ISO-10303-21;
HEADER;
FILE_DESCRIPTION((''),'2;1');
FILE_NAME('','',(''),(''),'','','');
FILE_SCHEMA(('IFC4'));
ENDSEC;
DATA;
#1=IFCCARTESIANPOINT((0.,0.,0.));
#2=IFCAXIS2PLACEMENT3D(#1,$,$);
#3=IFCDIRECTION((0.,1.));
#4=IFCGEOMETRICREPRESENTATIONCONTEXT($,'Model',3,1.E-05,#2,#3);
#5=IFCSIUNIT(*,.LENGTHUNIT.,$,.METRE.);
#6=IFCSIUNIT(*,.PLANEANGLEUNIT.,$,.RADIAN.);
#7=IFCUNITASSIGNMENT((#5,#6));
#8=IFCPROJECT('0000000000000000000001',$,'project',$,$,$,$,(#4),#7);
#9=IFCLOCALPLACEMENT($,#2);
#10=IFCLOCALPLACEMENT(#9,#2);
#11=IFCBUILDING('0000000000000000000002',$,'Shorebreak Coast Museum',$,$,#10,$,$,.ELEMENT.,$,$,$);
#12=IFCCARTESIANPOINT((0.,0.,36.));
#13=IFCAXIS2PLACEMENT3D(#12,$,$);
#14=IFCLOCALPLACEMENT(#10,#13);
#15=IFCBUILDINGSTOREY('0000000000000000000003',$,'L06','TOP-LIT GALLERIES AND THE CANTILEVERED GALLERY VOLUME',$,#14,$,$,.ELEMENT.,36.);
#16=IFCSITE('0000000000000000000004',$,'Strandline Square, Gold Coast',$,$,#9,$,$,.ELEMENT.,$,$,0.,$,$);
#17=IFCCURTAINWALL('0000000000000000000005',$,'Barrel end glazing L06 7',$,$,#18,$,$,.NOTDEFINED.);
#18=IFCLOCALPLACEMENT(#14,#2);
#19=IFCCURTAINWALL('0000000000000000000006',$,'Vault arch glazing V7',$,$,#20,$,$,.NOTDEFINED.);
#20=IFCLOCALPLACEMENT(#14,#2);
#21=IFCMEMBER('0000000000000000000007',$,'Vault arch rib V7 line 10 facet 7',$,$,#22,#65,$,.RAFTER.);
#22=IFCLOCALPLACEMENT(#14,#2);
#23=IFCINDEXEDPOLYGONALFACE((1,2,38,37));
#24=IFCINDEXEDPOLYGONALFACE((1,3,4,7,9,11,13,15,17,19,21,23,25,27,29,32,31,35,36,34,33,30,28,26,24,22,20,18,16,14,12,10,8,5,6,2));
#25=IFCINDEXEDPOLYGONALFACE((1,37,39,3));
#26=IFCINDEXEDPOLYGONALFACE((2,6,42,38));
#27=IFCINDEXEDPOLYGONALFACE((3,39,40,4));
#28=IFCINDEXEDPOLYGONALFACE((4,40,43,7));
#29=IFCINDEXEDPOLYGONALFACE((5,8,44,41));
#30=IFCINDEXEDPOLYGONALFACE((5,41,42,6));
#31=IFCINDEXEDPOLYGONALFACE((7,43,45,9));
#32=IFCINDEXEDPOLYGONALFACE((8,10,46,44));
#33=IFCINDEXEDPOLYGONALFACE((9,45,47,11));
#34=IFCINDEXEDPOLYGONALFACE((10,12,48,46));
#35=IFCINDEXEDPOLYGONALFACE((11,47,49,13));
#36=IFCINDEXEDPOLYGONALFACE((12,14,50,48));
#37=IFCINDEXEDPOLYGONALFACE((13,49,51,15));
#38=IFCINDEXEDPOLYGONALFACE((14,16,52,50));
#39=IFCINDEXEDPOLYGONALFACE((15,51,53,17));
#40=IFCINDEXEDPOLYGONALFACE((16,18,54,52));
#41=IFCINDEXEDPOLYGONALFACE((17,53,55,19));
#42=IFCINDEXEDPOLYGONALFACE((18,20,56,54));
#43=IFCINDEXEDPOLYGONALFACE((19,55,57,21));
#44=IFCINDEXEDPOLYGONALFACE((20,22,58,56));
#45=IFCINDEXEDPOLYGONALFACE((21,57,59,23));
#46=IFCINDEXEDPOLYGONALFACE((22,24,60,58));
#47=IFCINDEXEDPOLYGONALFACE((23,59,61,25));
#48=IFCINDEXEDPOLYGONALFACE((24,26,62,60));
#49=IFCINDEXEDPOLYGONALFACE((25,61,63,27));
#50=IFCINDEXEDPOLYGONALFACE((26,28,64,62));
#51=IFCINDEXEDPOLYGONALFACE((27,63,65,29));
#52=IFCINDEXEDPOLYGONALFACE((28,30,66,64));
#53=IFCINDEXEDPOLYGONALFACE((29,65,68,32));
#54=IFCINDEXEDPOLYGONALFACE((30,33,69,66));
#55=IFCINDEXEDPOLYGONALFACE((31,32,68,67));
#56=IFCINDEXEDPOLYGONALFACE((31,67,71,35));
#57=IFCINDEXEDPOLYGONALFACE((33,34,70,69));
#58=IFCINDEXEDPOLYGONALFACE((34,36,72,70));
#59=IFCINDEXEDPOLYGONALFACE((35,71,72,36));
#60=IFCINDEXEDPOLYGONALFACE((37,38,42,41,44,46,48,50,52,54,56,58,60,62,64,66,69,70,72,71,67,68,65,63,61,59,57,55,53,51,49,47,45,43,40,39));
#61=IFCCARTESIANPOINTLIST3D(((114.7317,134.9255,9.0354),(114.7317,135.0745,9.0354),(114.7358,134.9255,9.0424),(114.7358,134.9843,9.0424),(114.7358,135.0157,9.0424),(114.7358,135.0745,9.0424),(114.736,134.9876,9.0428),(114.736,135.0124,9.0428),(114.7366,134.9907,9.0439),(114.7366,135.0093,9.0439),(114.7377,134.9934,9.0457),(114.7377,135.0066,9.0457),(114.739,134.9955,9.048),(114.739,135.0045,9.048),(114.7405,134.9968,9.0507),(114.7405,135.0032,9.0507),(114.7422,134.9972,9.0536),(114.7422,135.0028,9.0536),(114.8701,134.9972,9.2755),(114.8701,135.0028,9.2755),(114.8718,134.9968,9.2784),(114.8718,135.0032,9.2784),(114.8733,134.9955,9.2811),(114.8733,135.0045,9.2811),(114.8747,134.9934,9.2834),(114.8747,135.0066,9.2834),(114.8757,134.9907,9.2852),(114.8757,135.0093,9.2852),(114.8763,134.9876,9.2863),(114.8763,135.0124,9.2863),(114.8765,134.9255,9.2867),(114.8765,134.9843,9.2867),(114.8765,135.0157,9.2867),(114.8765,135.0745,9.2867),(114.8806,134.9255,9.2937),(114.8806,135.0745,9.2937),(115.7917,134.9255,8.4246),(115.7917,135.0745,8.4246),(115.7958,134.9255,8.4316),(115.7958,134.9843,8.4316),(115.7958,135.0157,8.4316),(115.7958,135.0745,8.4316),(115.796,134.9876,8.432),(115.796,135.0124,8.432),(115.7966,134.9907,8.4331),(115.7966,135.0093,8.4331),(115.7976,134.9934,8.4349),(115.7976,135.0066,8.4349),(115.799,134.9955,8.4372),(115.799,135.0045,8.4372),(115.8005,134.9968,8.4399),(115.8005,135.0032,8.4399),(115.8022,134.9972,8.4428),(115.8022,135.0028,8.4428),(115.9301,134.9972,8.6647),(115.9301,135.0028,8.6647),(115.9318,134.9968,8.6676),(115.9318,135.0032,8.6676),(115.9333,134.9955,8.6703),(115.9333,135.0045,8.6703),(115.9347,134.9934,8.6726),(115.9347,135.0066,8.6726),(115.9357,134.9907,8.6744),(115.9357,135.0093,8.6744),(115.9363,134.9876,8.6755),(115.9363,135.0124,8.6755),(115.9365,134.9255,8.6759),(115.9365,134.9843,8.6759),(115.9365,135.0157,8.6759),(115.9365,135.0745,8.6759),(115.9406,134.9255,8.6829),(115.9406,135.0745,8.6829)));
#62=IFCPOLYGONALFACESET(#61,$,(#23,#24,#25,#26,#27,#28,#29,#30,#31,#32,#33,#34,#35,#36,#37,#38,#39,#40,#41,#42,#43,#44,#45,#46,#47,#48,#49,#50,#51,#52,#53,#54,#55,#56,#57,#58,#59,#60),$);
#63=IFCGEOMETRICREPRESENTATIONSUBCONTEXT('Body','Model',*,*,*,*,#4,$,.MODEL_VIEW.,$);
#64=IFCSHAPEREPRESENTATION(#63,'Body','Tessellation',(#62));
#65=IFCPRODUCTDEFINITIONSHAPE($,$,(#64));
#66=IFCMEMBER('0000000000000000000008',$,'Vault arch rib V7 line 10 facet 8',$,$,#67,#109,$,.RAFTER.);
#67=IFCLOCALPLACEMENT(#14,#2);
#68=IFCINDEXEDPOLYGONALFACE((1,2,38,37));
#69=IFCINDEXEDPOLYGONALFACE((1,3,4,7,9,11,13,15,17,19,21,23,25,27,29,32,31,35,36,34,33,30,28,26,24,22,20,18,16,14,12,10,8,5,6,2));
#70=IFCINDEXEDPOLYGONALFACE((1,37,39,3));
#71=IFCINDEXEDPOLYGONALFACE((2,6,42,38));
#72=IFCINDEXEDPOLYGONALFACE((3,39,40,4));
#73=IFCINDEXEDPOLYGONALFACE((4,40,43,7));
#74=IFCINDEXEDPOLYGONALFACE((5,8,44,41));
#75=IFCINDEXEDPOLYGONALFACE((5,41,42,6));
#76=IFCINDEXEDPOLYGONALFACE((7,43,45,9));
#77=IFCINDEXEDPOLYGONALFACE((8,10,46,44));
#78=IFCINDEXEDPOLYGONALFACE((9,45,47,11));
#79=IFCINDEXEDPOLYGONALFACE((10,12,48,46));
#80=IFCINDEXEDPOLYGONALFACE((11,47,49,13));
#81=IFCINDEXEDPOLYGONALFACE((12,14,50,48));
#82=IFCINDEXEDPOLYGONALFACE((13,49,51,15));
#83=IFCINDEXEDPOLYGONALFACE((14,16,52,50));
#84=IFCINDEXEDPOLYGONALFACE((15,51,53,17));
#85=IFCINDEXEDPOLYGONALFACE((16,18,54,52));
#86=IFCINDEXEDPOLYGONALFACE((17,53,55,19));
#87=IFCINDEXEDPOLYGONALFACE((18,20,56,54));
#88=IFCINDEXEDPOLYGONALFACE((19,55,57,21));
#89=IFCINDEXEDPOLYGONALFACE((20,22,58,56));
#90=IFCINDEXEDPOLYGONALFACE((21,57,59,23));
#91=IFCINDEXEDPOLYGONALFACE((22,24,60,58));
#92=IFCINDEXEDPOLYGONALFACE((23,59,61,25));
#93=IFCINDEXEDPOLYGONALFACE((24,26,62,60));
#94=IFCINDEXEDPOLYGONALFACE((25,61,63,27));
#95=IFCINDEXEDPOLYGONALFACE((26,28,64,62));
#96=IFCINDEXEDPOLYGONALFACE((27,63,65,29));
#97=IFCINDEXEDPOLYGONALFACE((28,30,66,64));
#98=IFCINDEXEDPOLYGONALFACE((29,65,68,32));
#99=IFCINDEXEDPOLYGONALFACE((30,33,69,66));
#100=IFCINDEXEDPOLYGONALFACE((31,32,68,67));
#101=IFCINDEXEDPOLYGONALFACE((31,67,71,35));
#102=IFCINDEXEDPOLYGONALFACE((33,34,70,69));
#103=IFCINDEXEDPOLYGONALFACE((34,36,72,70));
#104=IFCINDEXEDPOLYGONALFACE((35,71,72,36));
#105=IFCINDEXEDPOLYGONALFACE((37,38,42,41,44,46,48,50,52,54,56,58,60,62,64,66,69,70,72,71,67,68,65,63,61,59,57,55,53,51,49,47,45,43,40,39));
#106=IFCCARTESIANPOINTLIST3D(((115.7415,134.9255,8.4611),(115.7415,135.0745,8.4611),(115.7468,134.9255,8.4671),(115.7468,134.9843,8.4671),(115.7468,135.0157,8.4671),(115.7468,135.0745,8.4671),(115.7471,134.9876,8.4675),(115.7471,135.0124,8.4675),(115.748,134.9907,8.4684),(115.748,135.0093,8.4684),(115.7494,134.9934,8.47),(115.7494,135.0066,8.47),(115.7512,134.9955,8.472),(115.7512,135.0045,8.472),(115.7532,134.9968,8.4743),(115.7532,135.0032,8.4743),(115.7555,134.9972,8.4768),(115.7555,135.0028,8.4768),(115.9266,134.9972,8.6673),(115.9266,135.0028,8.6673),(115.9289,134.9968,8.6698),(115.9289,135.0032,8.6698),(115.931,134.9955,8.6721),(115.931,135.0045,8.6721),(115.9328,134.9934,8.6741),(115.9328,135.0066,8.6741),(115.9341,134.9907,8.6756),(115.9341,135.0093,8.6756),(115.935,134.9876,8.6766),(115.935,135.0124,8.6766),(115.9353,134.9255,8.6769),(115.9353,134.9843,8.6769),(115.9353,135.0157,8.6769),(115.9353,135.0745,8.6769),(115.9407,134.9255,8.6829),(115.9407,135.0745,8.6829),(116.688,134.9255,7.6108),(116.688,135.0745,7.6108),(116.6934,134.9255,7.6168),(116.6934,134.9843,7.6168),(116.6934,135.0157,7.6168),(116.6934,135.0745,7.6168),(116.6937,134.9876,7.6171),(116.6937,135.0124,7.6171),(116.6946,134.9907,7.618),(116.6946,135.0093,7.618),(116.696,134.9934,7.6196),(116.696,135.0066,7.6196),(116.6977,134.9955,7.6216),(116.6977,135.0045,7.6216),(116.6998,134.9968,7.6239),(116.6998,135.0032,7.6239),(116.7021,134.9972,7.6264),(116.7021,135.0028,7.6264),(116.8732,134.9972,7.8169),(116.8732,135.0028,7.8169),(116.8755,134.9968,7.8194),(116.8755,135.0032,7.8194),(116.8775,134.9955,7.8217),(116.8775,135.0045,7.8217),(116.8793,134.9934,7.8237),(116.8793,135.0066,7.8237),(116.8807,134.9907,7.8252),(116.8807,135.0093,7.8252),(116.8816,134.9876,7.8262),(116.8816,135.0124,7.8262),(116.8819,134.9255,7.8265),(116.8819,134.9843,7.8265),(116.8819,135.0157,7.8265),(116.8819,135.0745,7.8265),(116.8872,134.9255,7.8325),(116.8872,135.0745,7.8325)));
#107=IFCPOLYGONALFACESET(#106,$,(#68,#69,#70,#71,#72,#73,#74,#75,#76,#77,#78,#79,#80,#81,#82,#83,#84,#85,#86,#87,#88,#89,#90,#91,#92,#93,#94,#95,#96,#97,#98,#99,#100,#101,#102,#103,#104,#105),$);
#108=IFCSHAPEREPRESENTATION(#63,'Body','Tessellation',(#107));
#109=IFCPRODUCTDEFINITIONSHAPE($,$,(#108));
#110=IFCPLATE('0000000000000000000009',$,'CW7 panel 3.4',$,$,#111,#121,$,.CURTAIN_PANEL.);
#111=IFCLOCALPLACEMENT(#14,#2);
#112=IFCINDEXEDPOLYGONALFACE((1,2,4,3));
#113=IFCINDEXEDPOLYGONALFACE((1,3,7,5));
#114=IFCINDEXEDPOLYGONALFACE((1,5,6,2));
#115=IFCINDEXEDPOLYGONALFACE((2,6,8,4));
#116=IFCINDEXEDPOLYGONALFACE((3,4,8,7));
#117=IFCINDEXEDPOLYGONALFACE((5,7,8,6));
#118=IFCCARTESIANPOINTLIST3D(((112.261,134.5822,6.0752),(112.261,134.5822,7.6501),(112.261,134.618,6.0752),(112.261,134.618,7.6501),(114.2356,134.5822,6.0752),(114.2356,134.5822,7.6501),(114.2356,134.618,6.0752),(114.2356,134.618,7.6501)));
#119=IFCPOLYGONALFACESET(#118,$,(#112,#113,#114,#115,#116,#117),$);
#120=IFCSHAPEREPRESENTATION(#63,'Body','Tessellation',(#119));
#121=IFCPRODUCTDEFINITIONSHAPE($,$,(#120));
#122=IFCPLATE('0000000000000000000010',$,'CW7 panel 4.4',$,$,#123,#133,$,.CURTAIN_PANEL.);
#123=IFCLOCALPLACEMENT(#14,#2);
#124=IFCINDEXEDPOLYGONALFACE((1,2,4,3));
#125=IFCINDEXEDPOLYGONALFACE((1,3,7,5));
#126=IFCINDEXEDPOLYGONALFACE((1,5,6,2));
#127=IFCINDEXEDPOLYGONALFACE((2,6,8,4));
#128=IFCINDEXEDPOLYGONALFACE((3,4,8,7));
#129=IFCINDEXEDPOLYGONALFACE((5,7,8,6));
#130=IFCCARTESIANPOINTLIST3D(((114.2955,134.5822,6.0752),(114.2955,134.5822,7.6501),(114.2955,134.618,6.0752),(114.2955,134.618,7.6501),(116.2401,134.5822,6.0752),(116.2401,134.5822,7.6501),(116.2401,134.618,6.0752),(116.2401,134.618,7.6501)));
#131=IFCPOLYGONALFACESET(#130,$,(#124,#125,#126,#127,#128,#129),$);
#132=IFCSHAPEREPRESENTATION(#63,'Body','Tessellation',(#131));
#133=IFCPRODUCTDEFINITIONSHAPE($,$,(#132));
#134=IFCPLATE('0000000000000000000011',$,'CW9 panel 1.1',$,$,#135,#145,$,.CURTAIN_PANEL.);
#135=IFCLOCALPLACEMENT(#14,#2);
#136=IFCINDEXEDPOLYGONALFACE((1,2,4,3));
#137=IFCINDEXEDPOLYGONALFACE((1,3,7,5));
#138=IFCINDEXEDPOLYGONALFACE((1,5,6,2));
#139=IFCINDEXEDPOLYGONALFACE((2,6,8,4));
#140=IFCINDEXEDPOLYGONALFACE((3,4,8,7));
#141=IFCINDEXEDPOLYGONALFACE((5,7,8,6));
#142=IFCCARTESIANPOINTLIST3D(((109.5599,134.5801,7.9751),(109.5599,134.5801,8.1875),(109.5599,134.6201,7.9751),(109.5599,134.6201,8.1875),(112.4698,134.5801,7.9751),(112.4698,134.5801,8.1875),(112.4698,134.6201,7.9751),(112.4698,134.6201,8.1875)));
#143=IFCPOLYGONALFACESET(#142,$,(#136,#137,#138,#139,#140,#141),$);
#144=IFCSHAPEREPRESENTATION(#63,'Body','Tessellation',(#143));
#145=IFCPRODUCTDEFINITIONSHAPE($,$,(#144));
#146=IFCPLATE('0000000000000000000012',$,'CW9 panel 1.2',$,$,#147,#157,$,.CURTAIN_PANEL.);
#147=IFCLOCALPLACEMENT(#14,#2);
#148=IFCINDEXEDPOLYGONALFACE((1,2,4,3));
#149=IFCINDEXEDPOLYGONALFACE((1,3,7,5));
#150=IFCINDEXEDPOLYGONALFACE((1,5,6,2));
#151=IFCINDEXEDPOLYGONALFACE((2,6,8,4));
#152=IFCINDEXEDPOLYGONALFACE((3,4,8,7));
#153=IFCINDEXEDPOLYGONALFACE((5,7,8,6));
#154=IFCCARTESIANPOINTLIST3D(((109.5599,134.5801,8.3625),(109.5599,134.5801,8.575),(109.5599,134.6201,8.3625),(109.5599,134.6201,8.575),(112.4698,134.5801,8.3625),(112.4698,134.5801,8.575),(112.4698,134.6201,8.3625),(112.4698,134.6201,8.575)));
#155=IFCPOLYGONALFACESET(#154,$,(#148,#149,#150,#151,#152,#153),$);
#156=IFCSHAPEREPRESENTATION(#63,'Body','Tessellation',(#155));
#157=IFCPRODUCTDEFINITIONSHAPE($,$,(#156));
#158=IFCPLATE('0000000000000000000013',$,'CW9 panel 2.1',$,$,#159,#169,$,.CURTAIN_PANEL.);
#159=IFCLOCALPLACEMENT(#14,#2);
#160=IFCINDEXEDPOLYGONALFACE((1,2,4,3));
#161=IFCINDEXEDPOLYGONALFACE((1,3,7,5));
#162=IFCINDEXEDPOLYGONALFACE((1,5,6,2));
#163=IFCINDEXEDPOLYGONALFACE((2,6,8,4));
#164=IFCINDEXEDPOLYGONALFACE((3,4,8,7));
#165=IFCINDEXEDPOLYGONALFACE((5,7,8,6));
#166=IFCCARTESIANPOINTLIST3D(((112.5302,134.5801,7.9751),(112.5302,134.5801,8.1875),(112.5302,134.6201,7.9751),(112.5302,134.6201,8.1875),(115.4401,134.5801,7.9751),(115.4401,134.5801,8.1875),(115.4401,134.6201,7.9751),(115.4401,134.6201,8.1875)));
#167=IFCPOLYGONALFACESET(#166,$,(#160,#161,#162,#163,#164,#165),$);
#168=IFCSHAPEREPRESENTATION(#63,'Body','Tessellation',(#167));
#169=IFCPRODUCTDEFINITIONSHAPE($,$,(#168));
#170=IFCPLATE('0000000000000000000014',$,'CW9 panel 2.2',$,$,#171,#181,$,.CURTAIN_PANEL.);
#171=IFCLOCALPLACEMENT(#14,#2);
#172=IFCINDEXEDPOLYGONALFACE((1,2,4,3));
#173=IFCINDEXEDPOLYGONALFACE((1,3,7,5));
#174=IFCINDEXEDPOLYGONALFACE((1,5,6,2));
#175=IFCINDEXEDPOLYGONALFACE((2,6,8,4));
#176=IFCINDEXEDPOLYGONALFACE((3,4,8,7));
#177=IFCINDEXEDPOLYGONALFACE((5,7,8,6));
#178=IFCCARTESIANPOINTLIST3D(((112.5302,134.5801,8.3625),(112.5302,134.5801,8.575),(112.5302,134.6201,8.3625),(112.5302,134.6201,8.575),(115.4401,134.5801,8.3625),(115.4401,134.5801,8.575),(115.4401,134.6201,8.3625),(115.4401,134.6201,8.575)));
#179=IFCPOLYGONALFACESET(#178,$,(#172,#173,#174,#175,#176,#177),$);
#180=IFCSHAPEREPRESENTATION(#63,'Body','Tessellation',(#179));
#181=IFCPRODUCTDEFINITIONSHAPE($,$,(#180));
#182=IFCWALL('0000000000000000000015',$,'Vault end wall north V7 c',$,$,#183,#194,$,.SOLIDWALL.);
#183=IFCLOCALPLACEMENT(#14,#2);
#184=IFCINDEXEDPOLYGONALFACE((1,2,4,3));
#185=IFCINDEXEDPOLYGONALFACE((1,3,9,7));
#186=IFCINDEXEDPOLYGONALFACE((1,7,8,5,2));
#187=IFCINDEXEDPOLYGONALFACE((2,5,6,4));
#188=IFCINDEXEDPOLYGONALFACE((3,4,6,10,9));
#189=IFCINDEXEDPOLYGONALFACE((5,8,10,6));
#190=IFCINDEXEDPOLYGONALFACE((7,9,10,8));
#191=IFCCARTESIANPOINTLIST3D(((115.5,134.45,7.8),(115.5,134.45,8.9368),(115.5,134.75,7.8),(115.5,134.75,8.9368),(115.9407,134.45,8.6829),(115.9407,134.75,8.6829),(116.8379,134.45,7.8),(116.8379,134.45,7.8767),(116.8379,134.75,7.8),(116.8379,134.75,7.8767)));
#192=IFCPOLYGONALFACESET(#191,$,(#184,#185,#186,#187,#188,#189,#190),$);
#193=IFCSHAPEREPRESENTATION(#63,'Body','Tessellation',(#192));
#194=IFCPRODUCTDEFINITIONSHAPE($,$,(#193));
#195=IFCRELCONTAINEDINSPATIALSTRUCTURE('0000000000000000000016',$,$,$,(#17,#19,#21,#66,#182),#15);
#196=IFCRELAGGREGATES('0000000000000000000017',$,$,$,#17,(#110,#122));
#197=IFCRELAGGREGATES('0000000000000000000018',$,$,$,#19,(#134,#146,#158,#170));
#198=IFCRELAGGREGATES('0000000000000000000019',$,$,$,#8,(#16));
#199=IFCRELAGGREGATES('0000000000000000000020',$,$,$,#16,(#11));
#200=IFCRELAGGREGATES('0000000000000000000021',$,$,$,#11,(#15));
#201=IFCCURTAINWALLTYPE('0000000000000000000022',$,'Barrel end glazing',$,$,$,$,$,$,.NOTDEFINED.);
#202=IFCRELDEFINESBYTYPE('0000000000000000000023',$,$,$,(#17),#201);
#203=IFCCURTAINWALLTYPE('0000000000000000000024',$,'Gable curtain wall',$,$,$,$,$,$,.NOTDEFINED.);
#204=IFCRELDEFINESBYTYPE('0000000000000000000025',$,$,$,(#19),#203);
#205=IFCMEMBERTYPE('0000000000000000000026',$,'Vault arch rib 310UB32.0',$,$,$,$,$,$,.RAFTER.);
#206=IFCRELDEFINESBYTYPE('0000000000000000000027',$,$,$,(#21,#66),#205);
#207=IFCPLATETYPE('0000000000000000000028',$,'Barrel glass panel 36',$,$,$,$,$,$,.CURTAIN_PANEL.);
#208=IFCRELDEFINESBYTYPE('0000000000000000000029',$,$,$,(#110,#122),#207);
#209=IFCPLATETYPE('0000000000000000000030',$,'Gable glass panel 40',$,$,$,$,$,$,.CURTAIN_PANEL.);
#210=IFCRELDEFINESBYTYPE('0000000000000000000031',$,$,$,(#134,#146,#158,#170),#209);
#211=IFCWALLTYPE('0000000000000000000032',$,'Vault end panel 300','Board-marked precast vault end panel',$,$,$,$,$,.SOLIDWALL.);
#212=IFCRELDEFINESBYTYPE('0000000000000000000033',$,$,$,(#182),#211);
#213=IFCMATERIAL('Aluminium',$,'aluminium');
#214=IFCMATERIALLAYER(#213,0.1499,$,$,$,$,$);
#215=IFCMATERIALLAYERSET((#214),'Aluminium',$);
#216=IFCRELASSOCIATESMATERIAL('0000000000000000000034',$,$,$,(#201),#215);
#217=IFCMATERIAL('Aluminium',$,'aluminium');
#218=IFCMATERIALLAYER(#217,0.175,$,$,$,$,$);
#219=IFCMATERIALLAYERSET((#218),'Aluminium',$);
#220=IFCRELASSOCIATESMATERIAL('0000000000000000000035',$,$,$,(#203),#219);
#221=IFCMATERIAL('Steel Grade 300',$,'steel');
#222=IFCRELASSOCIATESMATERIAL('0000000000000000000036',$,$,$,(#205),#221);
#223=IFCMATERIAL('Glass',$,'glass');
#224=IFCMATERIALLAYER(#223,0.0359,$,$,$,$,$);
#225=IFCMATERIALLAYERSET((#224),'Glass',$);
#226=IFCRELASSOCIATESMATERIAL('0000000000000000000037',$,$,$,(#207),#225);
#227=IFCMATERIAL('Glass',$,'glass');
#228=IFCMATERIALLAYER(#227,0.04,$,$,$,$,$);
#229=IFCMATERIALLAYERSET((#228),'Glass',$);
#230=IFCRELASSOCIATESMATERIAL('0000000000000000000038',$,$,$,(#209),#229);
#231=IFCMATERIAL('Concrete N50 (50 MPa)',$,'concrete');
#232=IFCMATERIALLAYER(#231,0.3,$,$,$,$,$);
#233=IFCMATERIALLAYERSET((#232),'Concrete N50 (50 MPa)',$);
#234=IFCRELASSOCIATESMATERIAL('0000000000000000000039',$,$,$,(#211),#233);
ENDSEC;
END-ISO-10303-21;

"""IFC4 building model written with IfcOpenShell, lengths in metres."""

from ifc_helpers import new_model, si_unit, direction, frame, origin, origin_2d, place, context, subcontext, project, spatial, polyline, rectangle, i_section, outline, extrude, material, layer, layer_set, material_profile, profile_set, type_object, element, aggregate, save


model = new_model("IFC4")

# Units and contexts
model_context = context("Model", 3, precision=1e-05, world=origin(), true_north=direction((0.0, 1.0)))
body_context = subcontext(model_context, "Body", "Model", "MODEL_VIEW")
ifc_project = project(units=[si_unit("LENGTHUNIT", "METRE"), si_unit("PLANEANGLEUNIT", "RADIAN")], contexts=[model_context])

# Site, building, storey
site_placement = place(None, origin())
site = spatial("IfcSite", under=ifc_project, at=site_placement, Name="Strandline Square, Gold Coast", CompositionType="ELEMENT", RefElevation=0.0)
building_placement = place(site_placement, origin())
building = spatial("IfcBuilding", under=site, at=building_placement, Name="Shorebreak Coast Museum", CompositionType="ELEMENT")
storey_placement = place(building_placement, frame((0.0, 0.0, 36.0)))
storey = spatial("IfcBuildingStorey", under=building, at=storey_placement, Name="L06", Description="TOP-LIT GALLERIES AND THE CANTILEVERED GALLERY VOLUME", CompositionType="ELEMENT", Elevation=36.0)

# Curtain walls
ifc_material_1 = material(Name="Aluminium", Category="aluminium")
ifc_layer_1 = layer(ifc_material_1, 0.1499)
ifc_layer_set_1 = layer_set([ifc_layer_1], Name="Aluminium")
curtain_wall_type_1 = type_object("IfcCurtainWallType", Name="Barrel end glazing", PredefinedType="NOTDEFINED", material=ifc_layer_set_1)
curtain_wall_1_placement = place(storey_placement, origin())
curtain_wall_1 = element("IfcCurtainWall", 1, at=curtain_wall_1_placement, inside=storey, type_object=curtain_wall_type_1, Name="Barrel end glazing L06 7", PredefinedType="NOTDEFINED")
ifc_material_2 = material(Name="Aluminium", Category="aluminium")
ifc_layer_2 = layer(ifc_material_2, 0.175)
ifc_layer_set_2 = layer_set([ifc_layer_2], Name="Aluminium")
curtain_wall_type_2 = type_object("IfcCurtainWallType", Name="Gable curtain wall", PredefinedType="NOTDEFINED", material=ifc_layer_set_2)
curtain_wall_2_placement = place(storey_placement, origin())
curtain_wall_2 = element("IfcCurtainWall", 2, at=curtain_wall_2_placement, inside=storey, type_object=curtain_wall_type_2, Name="Vault arch glazing V7", PredefinedType="NOTDEFINED")

# Members
ifc_material_3 = material(Name="Steel Grade 300", Category="steel")
ifc_material_profile_1 = material_profile(ifc_material_3, i_section(OverallWidth=0.1489, OverallDepth=0.2981, WebThickness=0.0056, FlangeThickness=0.0081, FilletRadius=0.0129, at=origin_2d()), Name="310UB32.0")
ifc_profile_set_1 = profile_set([ifc_material_profile_1], Name="Steel Grade 300")
member_type_1 = type_object("IfcMemberType", Name="Vault arch rib 310UB32.0", PredefinedType="RAFTER", material=ifc_profile_set_1)
for number, where, z_axis, x_axis, name in (
    (3, (114.8062, 135.0, 9.1646), (0.866445, 0.0, -0.499273), (0.0, 1.0, 0.0), "Vault arch rib V7 line 10 facet 7"),
):
    element("IfcMember", number, at=place(storey_placement, frame(where, z_axis=z_axis, x_axis=x_axis)), inside=storey, type_object=member_type_1, Name=name, PredefinedType="RAFTER", context=body_context, shape_type="SweptSolid", body=[
        extrude(i_section(OverallWidth=0.1489, OverallDepth=0.2981, WebThickness=0.0056, FlangeThickness=0.0081, FilletRadius=0.0129, at=origin_2d()), origin(), (0.0, 0.0, 1.0), 1.2234),
    ])
member_1_placement = place(storey_placement, frame((115.8411, 135.0, 8.572), z_axis=(0.743895, 0.0, -0.668297), x_axis=(0.0, 1.0, 0.0)))
element("IfcMember", 4, at=member_1_placement, inside=storey, type_object=member_type_1, Name="Vault arch rib V7 line 10 facet 8", PredefinedType="RAFTER", context=body_context, shape_type="SweptSolid", body=[
    extrude(i_section(OverallWidth=0.1489, OverallDepth=0.2981, WebThickness=0.0056, FlangeThickness=0.0081, FilletRadius=0.0129, at=origin_2d()), origin(), (0.0, 0.0, 1.0), 1.2725),
])

# Plates
ifc_material_4 = material(Name="Glass", Category="glass")
ifc_layer_3 = layer(ifc_material_4, 0.0359)
ifc_layer_set_3 = layer_set([ifc_layer_3], Name="Glass")
plate_type_1 = type_object("IfcPlateType", Name="Barrel glass panel 36", PredefinedType="CURTAIN_PANEL", material=ifc_layer_set_3)
plate_1_placement = place(storey_placement, frame((113.2483, 134.6001, 6.0752), z_axis=(0.0, 0.0, 1.0), x_axis=(1.0, 0.0, 0.0)))
plate_1 = element("IfcPlate", 5, at=plate_1_placement, type_object=plate_type_1, Name="CW7 panel 3.4", PredefinedType="CURTAIN_PANEL", context=body_context, shape_type="SweptSolid", body=[
    extrude(rectangle(XDim=1.9746, YDim=0.0359, at=origin_2d()), origin(), (0.0, 0.0, 1.0), 1.575),
])
plate_2_placement = place(storey_placement, frame((115.2678, 134.6001, 6.0752), z_axis=(0.0, 0.0, 1.0), x_axis=(1.0, 0.0, 0.0)))
plate_2 = element("IfcPlate", 6, at=plate_2_placement, type_object=plate_type_1, Name="CW7 panel 4.4", PredefinedType="CURTAIN_PANEL", context=body_context, shape_type="SweptSolid", body=[
    extrude(rectangle(XDim=1.9446, YDim=0.0359, at=origin_2d()), origin(), (0.0, 0.0, 1.0), 1.575),
])
aggregate(curtain_wall_1, [plate_1, plate_2])
ifc_material_5 = material(Name="Glass", Category="glass")
ifc_layer_4 = layer(ifc_material_5, 0.04)
ifc_layer_set_4 = layer_set([ifc_layer_4], Name="Glass")
plate_type_2 = type_object("IfcPlateType", Name="Gable glass panel 40", PredefinedType="CURTAIN_PANEL", material=ifc_layer_set_4)
plate_3_placement = place(storey_placement, frame((111.0149, 134.6001, 7.9751), z_axis=(0.0, 0.0, 1.0), x_axis=(1.0, 0.0, 0.0)))
plate_3 = element("IfcPlate", 7, at=plate_3_placement, type_object=plate_type_2, Name="CW9 panel 1.1", PredefinedType="CURTAIN_PANEL", context=body_context, shape_type="SweptSolid", body=[
    extrude(rectangle(XDim=2.9099, YDim=0.04, at=origin_2d()), origin(), (0.0, 0.0, 1.0), 0.2124),
])
plate_4_placement = place(storey_placement, frame((111.0149, 134.6001, 8.3625), z_axis=(0.0, 0.0, 1.0), x_axis=(1.0, 0.0, 0.0)))
plate_4 = element("IfcPlate", 8, at=plate_4_placement, type_object=plate_type_2, Name="CW9 panel 1.2", PredefinedType="CURTAIN_PANEL", context=body_context, shape_type="SweptSolid", body=[
    extrude(rectangle(XDim=2.9099, YDim=0.04, at=origin_2d()), origin(), (0.0, 0.0, 1.0), 0.2124),
])
plate_5_placement = place(storey_placement, frame((113.9851, 134.6001, 7.9751), z_axis=(0.0, 0.0, 1.0), x_axis=(1.0, 0.0, 0.0)))
plate_5 = element("IfcPlate", 9, at=plate_5_placement, type_object=plate_type_2, Name="CW9 panel 2.1", PredefinedType="CURTAIN_PANEL", context=body_context, shape_type="SweptSolid", body=[
    extrude(rectangle(XDim=2.9099, YDim=0.04, at=origin_2d()), origin(), (0.0, 0.0, 1.0), 0.2124),
])
plate_6_placement = place(storey_placement, frame((113.9851, 134.6001, 8.3625), z_axis=(0.0, 0.0, 1.0), x_axis=(1.0, 0.0, 0.0)))
plate_6 = element("IfcPlate", 10, at=plate_6_placement, type_object=plate_type_2, Name="CW9 panel 2.2", PredefinedType="CURTAIN_PANEL", context=body_context, shape_type="SweptSolid", body=[
    extrude(rectangle(XDim=2.9099, YDim=0.04, at=origin_2d()), origin(), (0.0, 0.0, 1.0), 0.2124),
])
aggregate(curtain_wall_2, [plate_3, plate_4, plate_5, plate_6])

# Wall
ifc_material_6 = material(Name="Concrete N50 (50 MPa)", Category="concrete")
ifc_layer_5 = layer(ifc_material_6, 0.3)
ifc_layer_set_5 = layer_set([ifc_layer_5], Name="Concrete N50 (50 MPa)")
wall_type = type_object("IfcWallType", Name="Vault end panel 300", Description="Board-marked precast vault end panel", PredefinedType="SOLIDWALL", material=ifc_layer_set_5)
wall_placement = place(storey_placement, frame((115.5, 134.6001, 7.8), z_axis=(0.0, 0.0, 1.0), x_axis=(1.0, 0.0, 0.0)))
element("IfcWall", 11, at=wall_placement, inside=storey, type_object=wall_type, Name="Vault end wall north V7 c", PredefinedType="SOLIDWALL", context=body_context, shape_type="SweptSolid", body=[
    extrude(outline(polyline([(0.0, 0.0), (1.3379, 0.0), (1.3379, 0.0767), (0.4407, 0.8828), (0.0, 1.1367), (0.0, 0.0)])), frame((0.0, 0.1499, 0.0), z_axis=(0.0, -1.0, 0.0), x_axis=(1.0, 0.0, 0.0)), (0.0, 0.0, 1.0), 0.3),
])

save(model, "model.ifc")
